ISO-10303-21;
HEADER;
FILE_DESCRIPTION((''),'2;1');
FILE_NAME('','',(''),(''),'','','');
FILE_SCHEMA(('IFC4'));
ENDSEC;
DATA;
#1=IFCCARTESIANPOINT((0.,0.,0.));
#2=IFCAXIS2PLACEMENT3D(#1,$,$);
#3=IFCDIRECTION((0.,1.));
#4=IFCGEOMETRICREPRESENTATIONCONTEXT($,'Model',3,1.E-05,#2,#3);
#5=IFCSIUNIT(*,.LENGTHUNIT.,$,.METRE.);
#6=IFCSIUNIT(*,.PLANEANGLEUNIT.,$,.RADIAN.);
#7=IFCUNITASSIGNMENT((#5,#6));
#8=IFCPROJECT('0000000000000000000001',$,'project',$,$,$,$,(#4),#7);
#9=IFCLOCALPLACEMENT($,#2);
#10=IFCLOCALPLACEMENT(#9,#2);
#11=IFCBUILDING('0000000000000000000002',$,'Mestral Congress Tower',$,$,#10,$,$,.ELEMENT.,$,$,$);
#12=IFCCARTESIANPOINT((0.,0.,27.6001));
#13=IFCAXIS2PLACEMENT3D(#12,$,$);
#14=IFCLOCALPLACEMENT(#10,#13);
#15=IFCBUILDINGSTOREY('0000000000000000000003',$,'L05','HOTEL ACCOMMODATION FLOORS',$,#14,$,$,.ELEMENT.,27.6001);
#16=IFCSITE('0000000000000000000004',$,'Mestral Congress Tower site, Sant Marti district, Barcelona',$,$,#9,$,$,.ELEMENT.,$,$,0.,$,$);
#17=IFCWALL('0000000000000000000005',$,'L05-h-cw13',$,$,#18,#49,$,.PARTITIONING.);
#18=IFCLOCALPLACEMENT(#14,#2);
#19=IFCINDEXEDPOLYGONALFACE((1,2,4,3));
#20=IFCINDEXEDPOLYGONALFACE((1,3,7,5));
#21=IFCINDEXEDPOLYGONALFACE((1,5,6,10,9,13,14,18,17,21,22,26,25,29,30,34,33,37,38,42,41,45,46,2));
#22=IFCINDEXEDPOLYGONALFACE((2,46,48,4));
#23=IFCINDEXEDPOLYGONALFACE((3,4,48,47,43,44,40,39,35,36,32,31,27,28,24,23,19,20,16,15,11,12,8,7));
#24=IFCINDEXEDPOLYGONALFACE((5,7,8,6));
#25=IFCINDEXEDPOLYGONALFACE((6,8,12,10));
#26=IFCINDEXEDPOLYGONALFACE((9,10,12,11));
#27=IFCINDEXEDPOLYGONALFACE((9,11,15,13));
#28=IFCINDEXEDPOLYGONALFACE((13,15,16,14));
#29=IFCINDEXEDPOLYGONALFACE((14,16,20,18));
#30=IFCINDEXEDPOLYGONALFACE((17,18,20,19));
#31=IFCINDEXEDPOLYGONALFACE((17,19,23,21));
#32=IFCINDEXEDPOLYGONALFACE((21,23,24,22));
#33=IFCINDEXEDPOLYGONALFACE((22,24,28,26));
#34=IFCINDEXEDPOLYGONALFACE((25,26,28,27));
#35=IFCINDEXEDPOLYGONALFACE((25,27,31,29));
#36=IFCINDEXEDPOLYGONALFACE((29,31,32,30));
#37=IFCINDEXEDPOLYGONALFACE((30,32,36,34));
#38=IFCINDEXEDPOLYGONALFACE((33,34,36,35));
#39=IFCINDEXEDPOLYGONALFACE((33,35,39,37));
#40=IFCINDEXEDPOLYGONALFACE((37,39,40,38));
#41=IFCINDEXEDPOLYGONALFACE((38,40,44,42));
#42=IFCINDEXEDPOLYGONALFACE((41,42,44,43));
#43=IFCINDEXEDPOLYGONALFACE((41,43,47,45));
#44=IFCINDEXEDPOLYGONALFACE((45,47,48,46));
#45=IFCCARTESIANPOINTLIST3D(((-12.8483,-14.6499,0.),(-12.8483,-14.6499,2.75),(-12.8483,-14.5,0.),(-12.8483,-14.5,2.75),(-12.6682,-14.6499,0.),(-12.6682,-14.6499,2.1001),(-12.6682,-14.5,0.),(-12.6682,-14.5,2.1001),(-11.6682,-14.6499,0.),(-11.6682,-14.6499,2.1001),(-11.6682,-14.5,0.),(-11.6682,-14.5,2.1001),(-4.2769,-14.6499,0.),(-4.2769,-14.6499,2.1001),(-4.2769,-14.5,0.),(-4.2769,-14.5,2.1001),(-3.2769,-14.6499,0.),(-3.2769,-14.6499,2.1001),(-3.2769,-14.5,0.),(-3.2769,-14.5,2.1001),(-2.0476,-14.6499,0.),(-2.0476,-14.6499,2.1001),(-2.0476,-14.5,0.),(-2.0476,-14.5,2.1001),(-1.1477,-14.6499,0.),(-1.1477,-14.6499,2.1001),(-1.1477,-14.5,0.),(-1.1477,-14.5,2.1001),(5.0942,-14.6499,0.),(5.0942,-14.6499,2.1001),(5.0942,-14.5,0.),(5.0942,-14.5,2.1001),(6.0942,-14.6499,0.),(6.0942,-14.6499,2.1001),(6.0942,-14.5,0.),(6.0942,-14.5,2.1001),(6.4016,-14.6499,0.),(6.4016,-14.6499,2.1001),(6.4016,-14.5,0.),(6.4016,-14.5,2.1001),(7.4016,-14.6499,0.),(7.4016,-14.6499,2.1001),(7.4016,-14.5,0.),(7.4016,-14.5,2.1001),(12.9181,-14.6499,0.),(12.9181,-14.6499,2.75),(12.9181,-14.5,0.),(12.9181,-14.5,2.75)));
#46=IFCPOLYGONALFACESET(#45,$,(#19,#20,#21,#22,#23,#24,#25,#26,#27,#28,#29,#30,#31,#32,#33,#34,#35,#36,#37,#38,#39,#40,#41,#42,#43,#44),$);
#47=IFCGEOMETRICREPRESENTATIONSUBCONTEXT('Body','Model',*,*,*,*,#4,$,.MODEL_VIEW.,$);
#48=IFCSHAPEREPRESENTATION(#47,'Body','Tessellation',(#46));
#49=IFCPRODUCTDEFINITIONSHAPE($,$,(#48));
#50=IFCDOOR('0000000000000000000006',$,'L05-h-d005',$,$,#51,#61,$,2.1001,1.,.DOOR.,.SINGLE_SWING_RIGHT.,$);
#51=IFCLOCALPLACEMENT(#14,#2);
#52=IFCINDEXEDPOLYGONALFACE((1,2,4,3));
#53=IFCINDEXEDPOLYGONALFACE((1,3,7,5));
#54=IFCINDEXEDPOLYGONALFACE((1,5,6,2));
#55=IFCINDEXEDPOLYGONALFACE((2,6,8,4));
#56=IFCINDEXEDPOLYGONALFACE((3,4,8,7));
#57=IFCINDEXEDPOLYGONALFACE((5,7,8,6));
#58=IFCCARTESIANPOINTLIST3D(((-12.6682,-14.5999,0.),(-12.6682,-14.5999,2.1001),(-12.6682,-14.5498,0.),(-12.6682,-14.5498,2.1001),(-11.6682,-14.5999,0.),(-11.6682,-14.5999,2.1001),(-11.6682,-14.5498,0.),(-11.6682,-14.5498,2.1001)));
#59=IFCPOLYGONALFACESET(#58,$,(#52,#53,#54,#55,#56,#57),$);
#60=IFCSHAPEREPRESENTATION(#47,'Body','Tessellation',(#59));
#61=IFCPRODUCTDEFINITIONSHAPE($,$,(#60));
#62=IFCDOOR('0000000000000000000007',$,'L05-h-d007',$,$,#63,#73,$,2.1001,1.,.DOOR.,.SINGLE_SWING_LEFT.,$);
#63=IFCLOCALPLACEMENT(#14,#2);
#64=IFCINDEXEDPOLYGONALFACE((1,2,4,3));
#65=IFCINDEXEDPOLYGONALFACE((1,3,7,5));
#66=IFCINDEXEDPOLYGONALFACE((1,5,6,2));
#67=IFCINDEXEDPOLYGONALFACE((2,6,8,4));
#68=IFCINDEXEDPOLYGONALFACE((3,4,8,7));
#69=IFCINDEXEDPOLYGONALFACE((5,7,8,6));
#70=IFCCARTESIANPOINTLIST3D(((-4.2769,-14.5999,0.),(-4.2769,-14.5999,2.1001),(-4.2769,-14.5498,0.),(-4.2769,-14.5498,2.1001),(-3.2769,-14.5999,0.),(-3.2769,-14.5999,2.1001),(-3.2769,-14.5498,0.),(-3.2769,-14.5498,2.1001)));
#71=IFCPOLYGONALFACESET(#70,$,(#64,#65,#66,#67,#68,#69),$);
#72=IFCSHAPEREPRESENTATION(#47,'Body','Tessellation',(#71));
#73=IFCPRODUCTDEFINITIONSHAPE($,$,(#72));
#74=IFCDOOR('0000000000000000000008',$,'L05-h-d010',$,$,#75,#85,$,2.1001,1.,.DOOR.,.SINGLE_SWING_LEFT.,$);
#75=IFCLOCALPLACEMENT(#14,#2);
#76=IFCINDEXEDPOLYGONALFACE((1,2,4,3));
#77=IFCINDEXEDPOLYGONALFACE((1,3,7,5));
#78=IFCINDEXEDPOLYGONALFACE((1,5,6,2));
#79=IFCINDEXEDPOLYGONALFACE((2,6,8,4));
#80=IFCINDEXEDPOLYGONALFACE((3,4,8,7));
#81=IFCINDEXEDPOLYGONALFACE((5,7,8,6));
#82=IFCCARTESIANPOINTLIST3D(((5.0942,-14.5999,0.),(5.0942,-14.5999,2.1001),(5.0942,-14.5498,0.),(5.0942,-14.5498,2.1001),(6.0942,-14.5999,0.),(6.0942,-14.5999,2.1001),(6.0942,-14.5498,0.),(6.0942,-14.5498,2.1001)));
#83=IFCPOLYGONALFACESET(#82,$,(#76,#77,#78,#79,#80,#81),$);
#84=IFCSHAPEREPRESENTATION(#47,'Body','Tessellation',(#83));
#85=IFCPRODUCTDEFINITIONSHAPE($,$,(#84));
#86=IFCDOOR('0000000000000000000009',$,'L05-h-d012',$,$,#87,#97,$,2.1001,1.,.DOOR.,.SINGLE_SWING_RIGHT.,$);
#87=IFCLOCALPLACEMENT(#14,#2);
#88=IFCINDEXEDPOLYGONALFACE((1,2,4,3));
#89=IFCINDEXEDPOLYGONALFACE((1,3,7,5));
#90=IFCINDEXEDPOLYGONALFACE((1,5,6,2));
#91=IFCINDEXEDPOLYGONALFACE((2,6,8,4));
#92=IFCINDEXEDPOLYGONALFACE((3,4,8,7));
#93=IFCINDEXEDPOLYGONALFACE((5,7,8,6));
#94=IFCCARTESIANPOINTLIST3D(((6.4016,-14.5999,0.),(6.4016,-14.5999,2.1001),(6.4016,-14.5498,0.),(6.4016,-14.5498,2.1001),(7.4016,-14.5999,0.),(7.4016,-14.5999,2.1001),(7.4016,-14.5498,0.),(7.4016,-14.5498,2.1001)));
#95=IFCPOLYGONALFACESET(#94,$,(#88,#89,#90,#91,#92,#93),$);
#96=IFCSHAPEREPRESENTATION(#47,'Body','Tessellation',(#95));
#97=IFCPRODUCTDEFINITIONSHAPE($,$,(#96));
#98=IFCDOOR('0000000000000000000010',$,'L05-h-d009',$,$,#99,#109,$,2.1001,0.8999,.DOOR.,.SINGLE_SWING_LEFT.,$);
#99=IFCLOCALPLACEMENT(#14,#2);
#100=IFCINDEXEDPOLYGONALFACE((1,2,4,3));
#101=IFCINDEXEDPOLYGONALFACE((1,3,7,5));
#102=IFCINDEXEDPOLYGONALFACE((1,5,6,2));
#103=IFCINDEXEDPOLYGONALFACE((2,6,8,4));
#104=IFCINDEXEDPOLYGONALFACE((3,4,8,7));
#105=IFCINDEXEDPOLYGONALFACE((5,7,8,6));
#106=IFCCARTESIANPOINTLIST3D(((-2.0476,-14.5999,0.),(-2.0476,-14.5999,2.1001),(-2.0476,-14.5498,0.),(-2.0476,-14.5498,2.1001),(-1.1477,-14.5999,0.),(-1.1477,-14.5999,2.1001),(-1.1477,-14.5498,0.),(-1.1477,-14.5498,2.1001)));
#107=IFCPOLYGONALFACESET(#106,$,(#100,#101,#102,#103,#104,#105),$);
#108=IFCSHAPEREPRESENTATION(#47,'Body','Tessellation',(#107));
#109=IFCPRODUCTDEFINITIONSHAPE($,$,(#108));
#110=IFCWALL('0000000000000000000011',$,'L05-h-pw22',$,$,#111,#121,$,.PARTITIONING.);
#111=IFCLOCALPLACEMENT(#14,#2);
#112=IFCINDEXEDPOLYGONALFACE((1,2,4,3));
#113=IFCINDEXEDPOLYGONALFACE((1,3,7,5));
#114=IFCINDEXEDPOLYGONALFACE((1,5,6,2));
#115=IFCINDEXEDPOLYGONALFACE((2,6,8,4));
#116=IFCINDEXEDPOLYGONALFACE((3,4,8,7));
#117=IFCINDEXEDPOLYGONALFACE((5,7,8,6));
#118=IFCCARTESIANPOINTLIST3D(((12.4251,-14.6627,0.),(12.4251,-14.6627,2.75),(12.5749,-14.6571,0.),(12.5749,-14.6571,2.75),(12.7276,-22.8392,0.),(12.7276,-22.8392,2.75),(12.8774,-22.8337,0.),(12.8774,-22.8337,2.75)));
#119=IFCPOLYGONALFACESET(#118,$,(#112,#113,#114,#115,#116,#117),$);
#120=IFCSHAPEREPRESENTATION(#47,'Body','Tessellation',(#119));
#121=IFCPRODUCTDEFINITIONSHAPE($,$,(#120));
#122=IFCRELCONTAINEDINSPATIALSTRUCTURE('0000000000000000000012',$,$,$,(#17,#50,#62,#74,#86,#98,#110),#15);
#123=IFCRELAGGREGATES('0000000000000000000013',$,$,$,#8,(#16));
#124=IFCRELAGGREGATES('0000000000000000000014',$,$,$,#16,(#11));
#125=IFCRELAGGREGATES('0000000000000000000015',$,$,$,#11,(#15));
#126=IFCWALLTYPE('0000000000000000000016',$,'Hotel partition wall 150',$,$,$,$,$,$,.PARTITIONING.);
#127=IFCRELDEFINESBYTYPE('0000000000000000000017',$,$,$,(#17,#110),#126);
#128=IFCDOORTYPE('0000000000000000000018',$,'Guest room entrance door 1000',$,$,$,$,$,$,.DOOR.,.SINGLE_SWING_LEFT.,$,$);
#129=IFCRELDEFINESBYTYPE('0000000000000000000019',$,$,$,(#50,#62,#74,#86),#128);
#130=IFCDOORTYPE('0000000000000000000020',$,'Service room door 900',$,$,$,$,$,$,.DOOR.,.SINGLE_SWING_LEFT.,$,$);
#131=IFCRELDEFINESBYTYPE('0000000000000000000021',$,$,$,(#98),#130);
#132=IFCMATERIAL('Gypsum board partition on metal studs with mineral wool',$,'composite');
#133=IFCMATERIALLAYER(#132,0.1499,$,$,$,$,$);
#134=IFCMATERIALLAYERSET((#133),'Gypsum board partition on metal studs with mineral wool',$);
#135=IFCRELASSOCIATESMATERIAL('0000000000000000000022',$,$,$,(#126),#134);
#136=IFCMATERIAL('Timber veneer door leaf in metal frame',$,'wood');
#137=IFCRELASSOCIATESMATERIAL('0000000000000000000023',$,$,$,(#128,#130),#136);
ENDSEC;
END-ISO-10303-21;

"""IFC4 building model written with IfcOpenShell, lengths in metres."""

from ifc_helpers import new_model, si_unit, direction, frame, frame_2d, origin, place, context, subcontext, project, spatial, rectangle, extrude, material, layer, layer_set, type_object, element, fill, save


model = new_model("IFC4")

# Units and contexts
model_context = context("Model", 3, precision=1e-05, world=origin(), true_north=direction((0.0, 1.0)))
body_context = subcontext(model_context, "Body", "Model", "MODEL_VIEW")
ifc_project = project(units=[si_unit("LENGTHUNIT", "METRE"), si_unit("PLANEANGLEUNIT", "RADIAN")], contexts=[model_context])

# Site, building, storey
site_placement = place(None, origin())
site = spatial("IfcSite", under=ifc_project, at=site_placement, Name="Mestral Congress Tower site, Sant Marti district, Barcelona", CompositionType="ELEMENT", RefElevation=0.0)
building_placement = place(site_placement, origin())
building = spatial("IfcBuilding", under=site, at=building_placement, Name="Mestral Congress Tower", CompositionType="ELEMENT")
storey_placement = place(building_placement, frame((0.0, 0.0, 27.6001)))
storey = spatial("IfcBuildingStorey", under=building, at=storey_placement, Name="L05", Description="HOTEL ACCOMMODATION FLOORS", CompositionType="ELEMENT", Elevation=27.6001)

# Shared definitions
ifc_material_1 = material(Name="Gypsum board partition on metal studs with mineral wool", Category="composite")

# Wall, openings, doors
ifc_layer_1 = layer(ifc_material_1, 0.1499)
ifc_layer_set_1 = layer_set([ifc_layer_1], Name="Gypsum board partition on metal studs with mineral wool")
wall_type_1 = type_object("IfcWallType", Name="Hotel partition wall 150", PredefinedType="PARTITIONING", material=ifc_layer_set_1)
wall_1_placement = place(storey_placement, frame((12.9182, -14.575, 0.0), z_axis=(0.0, 0.0, 1.0), x_axis=(-1.0, 0.0, 0.0)))
wall_1 = element("IfcWall", 1, at=wall_1_placement, inside=storey, type_object=wall_type_1, Name="L05-h-cw13", PredefinedType="PARTITIONING", context=body_context, shape_type="SweptSolid", body=[
    extrude(rectangle(XDim=25.7664, YDim=0.1499, at=frame_2d((12.8833, 0.0))), origin(), (0.0, 0.0, 1.0), 2.75),
])
opening_1_placement = place(wall_1_placement, frame((24.5864, 0.0, 0.0)))
opening_1 = element("IfcOpeningElement", 2, at=opening_1_placement, cuts=wall_1, PredefinedType="OPENING", context=body_context, shape_type="SweptSolid", body=[
    extrude(rectangle(XDim=1.0, YDim=2.1001, at=frame_2d((0.5, 1.05))), frame((0.0, 0.085, 0.0), z_axis=(0.0, -1.0, 0.0), x_axis=(1.0, 0.0, 0.0)), (0.0, 0.0, 1.0), 0.1699),
])
opening_2_placement = place(wall_1_placement, frame((16.1951, 0.0, 0.0)))
opening_2 = element("IfcOpeningElement", 3, at=opening_2_placement, cuts=wall_1, PredefinedType="OPENING", context=body_context, shape_type="SweptSolid", body=[
    extrude(rectangle(XDim=1.0, YDim=2.1001, at=frame_2d((0.5, 1.05))), frame((0.0, 0.085, 0.0), z_axis=(0.0, -1.0, 0.0), x_axis=(1.0, 0.0, 0.0)), (0.0, 0.0, 1.0), 0.1699),
])
opening_3_placement = place(wall_1_placement, frame((14.0659, 0.0, 0.0)))
opening_3 = element("IfcOpeningElement", 4, at=opening_3_placement, cuts=wall_1, PredefinedType="OPENING", context=body_context, shape_type="SweptSolid", body=[
    extrude(rectangle(XDim=0.8999, YDim=2.1001, at=frame_2d((0.45, 1.05))), frame((0.0, 0.085, 0.0), z_axis=(0.0, -1.0, 0.0), x_axis=(1.0, 0.0, 0.0)), (0.0, 0.0, 1.0), 0.1699),
])
opening_4_placement = place(wall_1_placement, frame((6.824, 0.0, 0.0)))
opening_4 = element("IfcOpeningElement", 5, at=opening_4_placement, cuts=wall_1, PredefinedType="OPENING", context=body_context, shape_type="SweptSolid", body=[
    extrude(rectangle(XDim=1.0, YDim=2.1001, at=frame_2d((0.5, 1.05))), frame((0.0, 0.085, 0.0), z_axis=(0.0, -1.0, 0.0), x_axis=(1.0, 0.0, 0.0)), (0.0, 0.0, 1.0), 0.1699),
])
opening_5_placement = place(wall_1_placement, frame((5.5166, 0.0, 0.0)))
opening_5 = element("IfcOpeningElement", 6, at=opening_5_placement, cuts=wall_1, PredefinedType="OPENING", context=body_context, shape_type="SweptSolid", body=[
    extrude(rectangle(XDim=1.0, YDim=2.1001, at=frame_2d((0.5, 1.05))), frame((0.0, 0.085, 0.0), z_axis=(0.0, -1.0, 0.0), x_axis=(1.0, 0.0, 0.0)), (0.0, 0.0, 1.0), 0.1699),
])
ifc_material_2 = material(Name="Timber veneer door leaf in metal frame", Category="wood")
door_type_1 = type_object("IfcDoorType", Name="Guest room entrance door 1000", OperationType="SINGLE_SWING_LEFT", PredefinedType="DOOR", material=ifc_material_2)
door_1_placement = place(opening_1_placement, origin())
door_1 = element("IfcDoor", 7, at=door_1_placement, inside=storey, type_object=door_type_1, Name="L05-h-d005", OperationType="SINGLE_SWING_RIGHT", OverallHeight=2.1001, OverallWidth=1.0, PredefinedType="DOOR", context=body_context, shape_type="SweptSolid", body=[
    extrude(rectangle(XDim=1.0, YDim=2.1001, at=frame_2d((0.5, 1.05))), frame((0.0, 0.0249, 0.0), z_axis=(0.0, -1.0, 0.0), x_axis=(1.0, 0.0, 0.0)), (0.0, 0.0, 1.0), 0.05),
])
fill(opening_1, door_1)
door_2_placement = place(opening_2_placement, origin())
door_2 = element("IfcDoor", 8, at=door_2_placement, inside=storey, type_object=door_type_1, Name="L05-h-d007", OperationType="SINGLE_SWING_LEFT", OverallHeight=2.1001, OverallWidth=1.0, PredefinedType="DOOR", context=body_context, shape_type="SweptSolid", body=[
    extrude(rectangle(XDim=1.0, YDim=2.1001, at=frame_2d((0.5, 1.05))), frame((0.0, 0.0249, 0.0), z_axis=(0.0, -1.0, 0.0), x_axis=(1.0, 0.0, 0.0)), (0.0, 0.0, 1.0), 0.05),
])
fill(opening_2, door_2)
door_3_placement = place(opening_4_placement, origin())
door_3 = element("IfcDoor", 9, at=door_3_placement, inside=storey, type_object=door_type_1, Name="L05-h-d010", OperationType="SINGLE_SWING_LEFT", OverallHeight=2.1001, OverallWidth=1.0, PredefinedType="DOOR", context=body_context, shape_type="SweptSolid", body=[
    extrude(rectangle(XDim=1.0, YDim=2.1001, at=frame_2d((0.5, 1.05))), frame((0.0, 0.0249, 0.0), z_axis=(0.0, -1.0, 0.0), x_axis=(1.0, 0.0, 0.0)), (0.0, 0.0, 1.0), 0.05),
])
fill(opening_4, door_3)
door_4_placement = place(opening_5_placement, origin())
door_4 = element("IfcDoor", 10, at=door_4_placement, inside=storey, type_object=door_type_1, Name="L05-h-d012", OperationType="SINGLE_SWING_RIGHT", OverallHeight=2.1001, OverallWidth=1.0, PredefinedType="DOOR", context=body_context, shape_type="SweptSolid", body=[
    extrude(rectangle(XDim=1.0, YDim=2.1001, at=frame_2d((0.5, 1.05))), frame((0.0, 0.0249, 0.0), z_axis=(0.0, -1.0, 0.0), x_axis=(1.0, 0.0, 0.0)), (0.0, 0.0, 1.0), 0.05),
])
fill(opening_5, door_4)
door_type_2 = type_object("IfcDoorType", Name="Service room door 900", OperationType="SINGLE_SWING_LEFT", PredefinedType="DOOR", material=ifc_material_2)
door_5_placement = place(opening_3_placement, origin())
door_5 = element("IfcDoor", 11, at=door_5_placement, inside=storey, type_object=door_type_2, Name="L05-h-d009", OperationType="SINGLE_SWING_LEFT", OverallHeight=2.1001, OverallWidth=0.8999, PredefinedType="DOOR", context=body_context, shape_type="SweptSolid", body=[
    extrude(rectangle(XDim=0.8999, YDim=2.1001, at=frame_2d((0.45, 1.05))), frame((0.0, 0.0249, 0.0), z_axis=(0.0, -1.0, 0.0), x_axis=(1.0, 0.0, 0.0)), (0.0, 0.0, 1.0), 0.05),
])
fill(opening_3, door_5)

# Wall
wall_2_placement = place(storey_placement, frame((12.8025, -22.8364, 0.0), z_axis=(0.0, 0.0, 1.0), x_axis=(-0.03697, 0.999316, 0.0)))
element("IfcWall", 12, at=wall_2_placement, inside=storey, type_object=wall_type_1, Name="L05-h-pw22", PredefinedType="PARTITIONING", context=body_context, shape_type="SweptSolid", body=[
    extrude(rectangle(XDim=8.1821, YDim=0.1499, at=frame_2d((4.0911, 0.0))), origin(), (0.0, 0.0, 1.0), 2.75),
])

save(model, "model.ifc")
